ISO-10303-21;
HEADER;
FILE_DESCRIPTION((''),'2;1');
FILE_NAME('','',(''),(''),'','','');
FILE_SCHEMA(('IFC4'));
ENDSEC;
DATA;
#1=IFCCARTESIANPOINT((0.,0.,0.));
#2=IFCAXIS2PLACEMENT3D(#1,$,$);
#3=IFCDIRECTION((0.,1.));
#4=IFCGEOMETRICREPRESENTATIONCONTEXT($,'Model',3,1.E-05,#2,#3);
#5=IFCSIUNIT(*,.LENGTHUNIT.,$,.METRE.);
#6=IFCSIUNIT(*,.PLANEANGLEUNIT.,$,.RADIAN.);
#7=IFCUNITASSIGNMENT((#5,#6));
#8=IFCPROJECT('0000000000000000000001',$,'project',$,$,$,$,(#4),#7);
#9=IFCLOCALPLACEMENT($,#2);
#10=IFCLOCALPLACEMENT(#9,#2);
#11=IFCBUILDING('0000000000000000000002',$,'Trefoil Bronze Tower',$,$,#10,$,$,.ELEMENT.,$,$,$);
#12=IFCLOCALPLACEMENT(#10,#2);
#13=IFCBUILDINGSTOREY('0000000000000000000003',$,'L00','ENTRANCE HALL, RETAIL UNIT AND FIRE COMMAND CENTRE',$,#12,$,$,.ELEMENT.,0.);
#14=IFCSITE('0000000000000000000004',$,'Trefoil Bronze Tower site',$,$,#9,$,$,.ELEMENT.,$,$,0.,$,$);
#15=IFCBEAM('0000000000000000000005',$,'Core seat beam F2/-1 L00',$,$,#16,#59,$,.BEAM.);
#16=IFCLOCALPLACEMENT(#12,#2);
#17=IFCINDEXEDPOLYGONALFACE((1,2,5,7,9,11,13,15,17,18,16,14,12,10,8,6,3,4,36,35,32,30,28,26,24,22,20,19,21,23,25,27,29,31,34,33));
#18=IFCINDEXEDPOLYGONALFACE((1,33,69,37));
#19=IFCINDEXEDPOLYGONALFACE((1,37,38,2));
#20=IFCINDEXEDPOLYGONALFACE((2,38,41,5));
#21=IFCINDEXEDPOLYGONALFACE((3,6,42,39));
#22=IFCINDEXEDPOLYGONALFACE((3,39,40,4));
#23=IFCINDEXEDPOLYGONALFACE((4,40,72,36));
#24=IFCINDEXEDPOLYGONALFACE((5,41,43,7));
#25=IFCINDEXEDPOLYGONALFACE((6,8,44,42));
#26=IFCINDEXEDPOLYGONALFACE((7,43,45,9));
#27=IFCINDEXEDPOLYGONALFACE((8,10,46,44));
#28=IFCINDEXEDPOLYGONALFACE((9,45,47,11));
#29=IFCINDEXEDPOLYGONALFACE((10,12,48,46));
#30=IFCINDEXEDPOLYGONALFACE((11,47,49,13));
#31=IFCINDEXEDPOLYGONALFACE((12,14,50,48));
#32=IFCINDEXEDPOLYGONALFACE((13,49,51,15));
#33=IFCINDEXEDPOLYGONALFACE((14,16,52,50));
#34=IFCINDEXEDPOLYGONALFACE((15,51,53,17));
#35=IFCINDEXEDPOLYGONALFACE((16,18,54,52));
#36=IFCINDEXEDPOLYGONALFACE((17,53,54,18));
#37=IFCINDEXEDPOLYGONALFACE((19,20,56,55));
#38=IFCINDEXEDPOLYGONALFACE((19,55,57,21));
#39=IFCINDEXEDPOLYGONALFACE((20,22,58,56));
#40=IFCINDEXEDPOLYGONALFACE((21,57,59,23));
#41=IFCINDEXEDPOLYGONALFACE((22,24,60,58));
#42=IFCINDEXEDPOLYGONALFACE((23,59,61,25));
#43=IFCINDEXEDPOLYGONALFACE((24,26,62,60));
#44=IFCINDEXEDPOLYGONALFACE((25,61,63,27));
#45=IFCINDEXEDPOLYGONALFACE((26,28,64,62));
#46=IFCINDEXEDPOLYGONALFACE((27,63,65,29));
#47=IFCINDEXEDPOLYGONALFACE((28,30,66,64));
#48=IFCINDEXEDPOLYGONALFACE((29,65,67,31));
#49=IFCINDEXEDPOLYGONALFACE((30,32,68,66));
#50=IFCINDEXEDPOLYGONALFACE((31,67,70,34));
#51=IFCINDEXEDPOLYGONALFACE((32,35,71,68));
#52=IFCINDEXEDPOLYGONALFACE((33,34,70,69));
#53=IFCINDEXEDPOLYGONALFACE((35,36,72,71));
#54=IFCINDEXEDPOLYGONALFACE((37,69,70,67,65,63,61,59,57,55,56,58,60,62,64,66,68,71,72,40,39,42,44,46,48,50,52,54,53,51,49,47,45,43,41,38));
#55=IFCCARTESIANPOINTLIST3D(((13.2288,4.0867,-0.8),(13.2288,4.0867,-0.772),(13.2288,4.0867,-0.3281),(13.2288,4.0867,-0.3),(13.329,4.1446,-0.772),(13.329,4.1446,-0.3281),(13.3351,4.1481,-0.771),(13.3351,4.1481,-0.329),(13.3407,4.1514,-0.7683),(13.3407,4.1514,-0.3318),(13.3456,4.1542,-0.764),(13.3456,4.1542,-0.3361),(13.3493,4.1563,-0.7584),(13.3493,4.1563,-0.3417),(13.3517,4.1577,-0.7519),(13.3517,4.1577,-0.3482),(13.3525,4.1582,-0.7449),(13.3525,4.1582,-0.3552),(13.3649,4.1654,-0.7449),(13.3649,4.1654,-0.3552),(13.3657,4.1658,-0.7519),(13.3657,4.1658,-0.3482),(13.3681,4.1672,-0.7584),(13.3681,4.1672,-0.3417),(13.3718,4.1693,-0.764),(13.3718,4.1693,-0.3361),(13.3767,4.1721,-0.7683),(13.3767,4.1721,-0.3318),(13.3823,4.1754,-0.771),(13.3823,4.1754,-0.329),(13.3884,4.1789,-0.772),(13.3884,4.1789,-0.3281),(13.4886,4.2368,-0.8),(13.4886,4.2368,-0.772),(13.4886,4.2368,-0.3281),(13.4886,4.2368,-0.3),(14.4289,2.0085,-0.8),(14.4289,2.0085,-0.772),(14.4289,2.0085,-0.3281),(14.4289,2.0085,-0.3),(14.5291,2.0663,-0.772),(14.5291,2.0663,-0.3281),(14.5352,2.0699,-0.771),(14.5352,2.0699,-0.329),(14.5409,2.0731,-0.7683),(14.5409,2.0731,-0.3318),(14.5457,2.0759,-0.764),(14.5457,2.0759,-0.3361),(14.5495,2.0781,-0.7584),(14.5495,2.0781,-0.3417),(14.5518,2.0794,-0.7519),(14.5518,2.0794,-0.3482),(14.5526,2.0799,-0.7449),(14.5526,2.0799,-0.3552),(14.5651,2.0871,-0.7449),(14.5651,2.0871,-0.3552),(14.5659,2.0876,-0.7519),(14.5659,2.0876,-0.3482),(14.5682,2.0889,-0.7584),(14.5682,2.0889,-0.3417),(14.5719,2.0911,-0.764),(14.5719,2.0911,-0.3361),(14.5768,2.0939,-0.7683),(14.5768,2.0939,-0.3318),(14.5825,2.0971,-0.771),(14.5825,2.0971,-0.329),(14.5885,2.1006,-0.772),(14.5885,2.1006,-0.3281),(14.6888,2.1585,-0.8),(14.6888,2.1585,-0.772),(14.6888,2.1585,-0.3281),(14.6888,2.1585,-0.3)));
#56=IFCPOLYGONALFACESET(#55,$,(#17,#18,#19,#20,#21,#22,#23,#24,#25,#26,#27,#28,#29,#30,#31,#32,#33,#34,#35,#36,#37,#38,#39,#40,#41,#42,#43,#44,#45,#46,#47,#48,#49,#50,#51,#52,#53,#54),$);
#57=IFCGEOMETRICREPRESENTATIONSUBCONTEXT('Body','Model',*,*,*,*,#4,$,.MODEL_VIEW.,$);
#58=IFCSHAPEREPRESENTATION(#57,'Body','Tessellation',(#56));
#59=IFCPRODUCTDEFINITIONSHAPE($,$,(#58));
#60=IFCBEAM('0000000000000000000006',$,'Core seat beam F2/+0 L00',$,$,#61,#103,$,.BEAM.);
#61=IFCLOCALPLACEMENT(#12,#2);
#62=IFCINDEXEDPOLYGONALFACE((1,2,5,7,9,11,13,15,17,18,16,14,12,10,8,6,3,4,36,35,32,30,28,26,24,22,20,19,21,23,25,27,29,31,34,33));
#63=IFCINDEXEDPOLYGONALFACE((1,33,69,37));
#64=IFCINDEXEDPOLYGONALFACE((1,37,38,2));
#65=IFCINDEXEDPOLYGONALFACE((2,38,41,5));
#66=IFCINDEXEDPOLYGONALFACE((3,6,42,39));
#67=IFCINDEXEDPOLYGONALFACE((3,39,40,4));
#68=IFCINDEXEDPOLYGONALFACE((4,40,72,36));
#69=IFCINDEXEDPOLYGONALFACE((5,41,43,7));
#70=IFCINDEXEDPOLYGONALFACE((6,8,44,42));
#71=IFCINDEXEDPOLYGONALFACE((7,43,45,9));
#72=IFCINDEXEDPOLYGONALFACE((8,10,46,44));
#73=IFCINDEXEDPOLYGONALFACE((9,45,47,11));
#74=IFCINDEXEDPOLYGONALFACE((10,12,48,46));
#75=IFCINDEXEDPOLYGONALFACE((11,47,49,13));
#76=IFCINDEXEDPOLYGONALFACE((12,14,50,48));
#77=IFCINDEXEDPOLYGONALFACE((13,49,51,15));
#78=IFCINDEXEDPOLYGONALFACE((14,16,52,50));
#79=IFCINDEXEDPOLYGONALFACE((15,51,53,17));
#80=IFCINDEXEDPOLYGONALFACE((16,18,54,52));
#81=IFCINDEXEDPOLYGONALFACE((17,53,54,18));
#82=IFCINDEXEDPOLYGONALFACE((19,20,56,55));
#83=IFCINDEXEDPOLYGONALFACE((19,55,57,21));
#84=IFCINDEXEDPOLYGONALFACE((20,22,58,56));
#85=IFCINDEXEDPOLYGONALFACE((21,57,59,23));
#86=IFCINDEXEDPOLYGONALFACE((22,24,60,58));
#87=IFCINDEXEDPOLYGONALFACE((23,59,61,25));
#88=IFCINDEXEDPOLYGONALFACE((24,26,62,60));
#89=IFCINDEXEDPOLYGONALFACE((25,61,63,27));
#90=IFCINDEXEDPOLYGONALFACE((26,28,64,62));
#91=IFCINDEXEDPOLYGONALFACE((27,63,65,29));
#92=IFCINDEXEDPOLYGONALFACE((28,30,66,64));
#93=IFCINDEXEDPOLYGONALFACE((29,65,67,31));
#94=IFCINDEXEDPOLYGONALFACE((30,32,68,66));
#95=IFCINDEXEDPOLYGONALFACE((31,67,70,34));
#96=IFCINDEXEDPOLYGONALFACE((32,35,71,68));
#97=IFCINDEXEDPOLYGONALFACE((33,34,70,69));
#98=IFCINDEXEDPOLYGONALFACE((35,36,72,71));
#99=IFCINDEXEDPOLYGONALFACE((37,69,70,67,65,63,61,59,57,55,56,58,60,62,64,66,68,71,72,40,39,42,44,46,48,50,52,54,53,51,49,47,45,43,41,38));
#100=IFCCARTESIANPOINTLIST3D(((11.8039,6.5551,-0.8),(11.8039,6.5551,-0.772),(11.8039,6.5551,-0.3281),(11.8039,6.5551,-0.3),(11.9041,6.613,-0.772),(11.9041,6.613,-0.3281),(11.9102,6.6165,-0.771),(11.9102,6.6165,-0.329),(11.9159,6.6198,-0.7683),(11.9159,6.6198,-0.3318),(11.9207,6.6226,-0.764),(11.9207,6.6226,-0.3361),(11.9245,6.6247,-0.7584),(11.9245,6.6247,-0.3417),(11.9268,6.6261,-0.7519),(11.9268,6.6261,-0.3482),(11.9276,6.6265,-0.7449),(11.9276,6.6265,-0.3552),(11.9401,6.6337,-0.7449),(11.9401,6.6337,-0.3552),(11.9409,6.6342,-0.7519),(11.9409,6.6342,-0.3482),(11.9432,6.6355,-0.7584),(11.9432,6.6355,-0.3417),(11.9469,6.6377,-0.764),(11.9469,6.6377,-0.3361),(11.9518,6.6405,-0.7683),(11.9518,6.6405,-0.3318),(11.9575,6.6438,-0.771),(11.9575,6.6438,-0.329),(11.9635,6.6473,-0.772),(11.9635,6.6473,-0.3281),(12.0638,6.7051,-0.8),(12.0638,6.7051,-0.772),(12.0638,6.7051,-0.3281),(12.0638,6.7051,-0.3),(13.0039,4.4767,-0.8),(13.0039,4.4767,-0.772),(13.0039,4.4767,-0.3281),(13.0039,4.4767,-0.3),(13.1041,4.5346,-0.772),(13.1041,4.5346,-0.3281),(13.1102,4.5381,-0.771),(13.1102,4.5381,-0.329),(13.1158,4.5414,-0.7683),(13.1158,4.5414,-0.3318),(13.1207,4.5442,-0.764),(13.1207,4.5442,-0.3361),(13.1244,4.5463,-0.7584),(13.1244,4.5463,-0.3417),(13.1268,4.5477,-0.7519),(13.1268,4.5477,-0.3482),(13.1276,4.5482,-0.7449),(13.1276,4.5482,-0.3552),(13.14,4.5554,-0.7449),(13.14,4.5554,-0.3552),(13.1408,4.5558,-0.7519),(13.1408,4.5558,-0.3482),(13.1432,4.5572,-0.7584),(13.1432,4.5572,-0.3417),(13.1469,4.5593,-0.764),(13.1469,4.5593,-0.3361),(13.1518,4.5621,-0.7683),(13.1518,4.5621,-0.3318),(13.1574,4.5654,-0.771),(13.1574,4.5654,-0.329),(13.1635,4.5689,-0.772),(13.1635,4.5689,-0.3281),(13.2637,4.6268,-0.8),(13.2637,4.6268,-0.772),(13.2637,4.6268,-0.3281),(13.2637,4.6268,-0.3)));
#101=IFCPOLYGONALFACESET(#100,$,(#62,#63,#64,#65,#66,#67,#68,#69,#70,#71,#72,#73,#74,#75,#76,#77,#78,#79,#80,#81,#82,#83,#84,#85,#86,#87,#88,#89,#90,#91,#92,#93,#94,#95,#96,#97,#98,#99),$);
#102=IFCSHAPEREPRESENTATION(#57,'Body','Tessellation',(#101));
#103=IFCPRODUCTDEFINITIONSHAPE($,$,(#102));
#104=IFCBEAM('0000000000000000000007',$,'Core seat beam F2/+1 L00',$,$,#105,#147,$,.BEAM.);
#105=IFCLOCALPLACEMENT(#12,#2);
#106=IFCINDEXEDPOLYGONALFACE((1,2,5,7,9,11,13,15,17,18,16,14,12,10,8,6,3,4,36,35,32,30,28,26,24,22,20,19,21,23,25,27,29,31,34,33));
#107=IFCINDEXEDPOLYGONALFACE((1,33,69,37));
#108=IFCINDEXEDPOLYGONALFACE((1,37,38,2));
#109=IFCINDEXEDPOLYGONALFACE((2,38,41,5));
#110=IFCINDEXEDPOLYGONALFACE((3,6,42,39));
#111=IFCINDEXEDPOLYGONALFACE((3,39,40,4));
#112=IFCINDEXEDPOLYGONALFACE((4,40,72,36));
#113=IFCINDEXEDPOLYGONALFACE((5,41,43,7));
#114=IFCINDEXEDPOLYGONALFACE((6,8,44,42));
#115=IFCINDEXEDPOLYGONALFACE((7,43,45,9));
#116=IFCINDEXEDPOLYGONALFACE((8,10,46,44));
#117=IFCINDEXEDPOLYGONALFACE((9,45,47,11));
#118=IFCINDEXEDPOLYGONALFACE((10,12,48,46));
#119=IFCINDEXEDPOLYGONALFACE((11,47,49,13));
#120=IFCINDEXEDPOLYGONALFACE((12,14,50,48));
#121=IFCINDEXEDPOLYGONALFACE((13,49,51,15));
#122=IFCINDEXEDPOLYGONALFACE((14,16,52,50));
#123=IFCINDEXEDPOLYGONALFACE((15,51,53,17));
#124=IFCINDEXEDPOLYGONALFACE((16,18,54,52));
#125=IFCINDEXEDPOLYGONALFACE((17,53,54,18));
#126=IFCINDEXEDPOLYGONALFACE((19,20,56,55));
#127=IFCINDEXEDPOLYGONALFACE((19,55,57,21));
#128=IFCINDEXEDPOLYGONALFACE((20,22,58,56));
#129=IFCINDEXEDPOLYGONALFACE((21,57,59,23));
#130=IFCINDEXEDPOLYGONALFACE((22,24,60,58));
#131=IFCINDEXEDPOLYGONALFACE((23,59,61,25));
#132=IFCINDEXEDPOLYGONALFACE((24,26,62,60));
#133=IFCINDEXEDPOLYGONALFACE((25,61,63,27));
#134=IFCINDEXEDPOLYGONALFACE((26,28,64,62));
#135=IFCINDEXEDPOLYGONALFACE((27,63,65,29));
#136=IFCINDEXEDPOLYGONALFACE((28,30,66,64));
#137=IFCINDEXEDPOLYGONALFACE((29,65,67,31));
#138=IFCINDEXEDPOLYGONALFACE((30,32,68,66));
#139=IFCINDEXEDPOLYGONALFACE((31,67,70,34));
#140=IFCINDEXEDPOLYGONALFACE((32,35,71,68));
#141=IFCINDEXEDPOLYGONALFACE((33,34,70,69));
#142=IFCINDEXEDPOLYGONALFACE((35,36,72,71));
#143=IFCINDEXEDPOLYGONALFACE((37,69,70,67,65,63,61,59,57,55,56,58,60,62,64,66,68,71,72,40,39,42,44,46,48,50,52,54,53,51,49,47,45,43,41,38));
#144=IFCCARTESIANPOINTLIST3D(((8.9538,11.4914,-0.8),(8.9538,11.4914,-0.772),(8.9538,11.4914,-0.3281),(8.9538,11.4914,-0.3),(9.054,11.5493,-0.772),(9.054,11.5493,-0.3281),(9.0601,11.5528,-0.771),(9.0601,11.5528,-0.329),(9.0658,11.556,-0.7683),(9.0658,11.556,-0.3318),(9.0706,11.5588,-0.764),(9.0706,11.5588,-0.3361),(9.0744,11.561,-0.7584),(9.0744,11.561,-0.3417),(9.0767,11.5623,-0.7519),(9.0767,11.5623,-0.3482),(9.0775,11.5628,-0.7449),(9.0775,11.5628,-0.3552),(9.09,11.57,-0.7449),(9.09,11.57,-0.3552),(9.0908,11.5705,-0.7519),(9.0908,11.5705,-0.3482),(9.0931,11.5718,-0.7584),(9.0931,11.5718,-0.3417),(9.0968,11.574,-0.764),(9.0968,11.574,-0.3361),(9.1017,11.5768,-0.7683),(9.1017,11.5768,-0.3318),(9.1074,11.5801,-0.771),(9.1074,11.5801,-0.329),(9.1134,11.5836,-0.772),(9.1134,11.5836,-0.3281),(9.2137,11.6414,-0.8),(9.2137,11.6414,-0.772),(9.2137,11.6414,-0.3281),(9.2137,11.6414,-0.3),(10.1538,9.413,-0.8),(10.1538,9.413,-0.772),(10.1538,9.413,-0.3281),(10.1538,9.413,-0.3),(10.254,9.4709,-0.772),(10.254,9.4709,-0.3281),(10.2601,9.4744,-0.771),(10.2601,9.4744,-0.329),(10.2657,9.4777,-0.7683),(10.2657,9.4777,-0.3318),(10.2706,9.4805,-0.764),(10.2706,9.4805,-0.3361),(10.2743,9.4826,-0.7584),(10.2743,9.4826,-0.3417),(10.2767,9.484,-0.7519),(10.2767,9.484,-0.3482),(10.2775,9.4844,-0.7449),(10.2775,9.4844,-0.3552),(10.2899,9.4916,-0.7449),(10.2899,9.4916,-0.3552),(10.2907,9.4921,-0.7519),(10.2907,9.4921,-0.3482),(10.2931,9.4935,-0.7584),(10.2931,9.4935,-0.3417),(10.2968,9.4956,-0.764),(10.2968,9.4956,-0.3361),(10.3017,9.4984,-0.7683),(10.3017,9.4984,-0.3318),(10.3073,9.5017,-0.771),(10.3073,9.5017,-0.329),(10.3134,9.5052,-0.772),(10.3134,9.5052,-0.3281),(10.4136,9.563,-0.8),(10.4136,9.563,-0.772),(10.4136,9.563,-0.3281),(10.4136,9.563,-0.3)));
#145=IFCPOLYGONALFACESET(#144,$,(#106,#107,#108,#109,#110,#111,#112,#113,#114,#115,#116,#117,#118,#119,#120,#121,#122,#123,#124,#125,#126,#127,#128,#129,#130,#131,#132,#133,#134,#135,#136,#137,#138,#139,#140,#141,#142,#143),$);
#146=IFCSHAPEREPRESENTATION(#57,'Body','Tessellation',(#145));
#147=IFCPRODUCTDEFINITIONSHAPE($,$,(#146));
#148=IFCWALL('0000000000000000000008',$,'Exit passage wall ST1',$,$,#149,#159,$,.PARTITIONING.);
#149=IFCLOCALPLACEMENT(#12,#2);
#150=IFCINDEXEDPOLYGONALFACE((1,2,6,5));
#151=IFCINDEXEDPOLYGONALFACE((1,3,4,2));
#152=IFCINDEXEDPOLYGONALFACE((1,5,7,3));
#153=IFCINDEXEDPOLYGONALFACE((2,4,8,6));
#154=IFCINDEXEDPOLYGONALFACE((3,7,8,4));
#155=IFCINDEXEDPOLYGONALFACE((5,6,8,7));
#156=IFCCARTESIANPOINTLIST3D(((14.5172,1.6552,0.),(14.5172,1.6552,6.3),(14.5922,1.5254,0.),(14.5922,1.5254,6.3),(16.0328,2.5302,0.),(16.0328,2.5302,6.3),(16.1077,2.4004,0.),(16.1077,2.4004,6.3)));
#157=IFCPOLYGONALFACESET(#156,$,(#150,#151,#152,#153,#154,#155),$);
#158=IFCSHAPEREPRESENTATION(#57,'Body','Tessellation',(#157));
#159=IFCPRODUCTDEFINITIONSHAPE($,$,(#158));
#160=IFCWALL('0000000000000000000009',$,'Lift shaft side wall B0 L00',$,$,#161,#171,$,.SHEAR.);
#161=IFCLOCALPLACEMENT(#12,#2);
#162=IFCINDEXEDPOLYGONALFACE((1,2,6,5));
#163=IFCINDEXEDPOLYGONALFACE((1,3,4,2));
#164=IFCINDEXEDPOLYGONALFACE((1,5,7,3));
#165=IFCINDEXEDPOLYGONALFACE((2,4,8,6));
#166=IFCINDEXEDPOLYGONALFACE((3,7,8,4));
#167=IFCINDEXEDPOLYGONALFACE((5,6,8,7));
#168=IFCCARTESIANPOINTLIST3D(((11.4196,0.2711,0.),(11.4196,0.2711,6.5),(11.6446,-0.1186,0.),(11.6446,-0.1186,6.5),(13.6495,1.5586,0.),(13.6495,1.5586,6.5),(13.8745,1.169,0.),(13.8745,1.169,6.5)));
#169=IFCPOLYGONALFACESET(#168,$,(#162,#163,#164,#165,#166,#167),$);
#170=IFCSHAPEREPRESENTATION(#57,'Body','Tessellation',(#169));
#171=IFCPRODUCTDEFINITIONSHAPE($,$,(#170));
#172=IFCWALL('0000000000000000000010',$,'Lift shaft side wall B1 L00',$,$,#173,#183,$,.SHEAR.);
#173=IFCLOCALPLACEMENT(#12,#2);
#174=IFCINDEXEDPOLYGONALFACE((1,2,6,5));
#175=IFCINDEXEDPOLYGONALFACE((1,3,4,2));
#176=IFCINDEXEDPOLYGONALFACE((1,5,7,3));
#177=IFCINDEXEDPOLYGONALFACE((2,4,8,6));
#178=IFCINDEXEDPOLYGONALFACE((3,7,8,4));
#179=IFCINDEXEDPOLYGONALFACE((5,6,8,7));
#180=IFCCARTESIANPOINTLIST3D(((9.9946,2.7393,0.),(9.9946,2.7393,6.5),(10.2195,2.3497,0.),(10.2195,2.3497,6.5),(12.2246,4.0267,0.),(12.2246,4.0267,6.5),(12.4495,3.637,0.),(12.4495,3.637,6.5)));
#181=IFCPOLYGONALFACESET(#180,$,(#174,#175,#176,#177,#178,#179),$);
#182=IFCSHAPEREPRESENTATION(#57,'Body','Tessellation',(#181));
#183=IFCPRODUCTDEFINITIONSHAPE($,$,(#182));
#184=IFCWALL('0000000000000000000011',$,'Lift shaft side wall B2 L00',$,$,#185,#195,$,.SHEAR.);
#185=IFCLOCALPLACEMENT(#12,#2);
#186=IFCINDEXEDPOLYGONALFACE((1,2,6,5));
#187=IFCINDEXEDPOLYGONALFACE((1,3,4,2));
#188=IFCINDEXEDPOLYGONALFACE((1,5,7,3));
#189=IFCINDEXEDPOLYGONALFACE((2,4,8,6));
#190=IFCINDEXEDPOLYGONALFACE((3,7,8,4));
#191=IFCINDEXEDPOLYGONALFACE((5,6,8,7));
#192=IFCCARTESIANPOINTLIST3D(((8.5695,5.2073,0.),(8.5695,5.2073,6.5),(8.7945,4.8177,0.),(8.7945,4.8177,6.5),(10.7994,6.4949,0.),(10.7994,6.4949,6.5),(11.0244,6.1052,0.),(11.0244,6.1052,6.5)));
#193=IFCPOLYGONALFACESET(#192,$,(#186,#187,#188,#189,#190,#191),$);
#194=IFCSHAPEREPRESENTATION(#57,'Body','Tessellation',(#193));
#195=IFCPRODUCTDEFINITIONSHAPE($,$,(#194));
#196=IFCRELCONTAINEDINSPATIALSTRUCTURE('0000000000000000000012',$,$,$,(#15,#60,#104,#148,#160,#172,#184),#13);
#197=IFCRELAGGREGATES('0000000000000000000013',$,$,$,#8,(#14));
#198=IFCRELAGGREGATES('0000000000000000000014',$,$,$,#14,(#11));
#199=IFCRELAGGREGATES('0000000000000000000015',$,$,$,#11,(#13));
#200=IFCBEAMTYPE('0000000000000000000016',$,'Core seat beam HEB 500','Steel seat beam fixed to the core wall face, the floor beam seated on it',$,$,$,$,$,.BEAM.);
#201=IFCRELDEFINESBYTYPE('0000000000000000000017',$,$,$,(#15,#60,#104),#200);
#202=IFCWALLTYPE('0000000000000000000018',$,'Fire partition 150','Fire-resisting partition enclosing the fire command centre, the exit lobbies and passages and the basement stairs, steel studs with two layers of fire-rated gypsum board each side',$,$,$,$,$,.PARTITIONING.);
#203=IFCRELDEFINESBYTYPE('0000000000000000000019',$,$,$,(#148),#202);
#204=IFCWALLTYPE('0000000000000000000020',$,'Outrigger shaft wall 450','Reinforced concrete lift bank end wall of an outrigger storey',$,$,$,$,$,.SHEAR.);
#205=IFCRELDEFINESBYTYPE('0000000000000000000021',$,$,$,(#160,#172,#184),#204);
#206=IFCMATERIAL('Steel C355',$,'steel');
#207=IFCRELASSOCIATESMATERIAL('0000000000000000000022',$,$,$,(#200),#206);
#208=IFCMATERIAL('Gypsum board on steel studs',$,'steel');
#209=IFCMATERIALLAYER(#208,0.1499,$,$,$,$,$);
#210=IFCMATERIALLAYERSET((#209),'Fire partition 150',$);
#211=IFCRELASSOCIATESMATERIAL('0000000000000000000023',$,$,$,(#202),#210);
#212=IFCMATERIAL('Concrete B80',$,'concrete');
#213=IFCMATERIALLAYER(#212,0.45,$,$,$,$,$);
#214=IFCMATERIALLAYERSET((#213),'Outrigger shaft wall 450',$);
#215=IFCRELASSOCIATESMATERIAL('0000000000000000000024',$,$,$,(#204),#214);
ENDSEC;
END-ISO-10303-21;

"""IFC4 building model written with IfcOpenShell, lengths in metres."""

from ifc_helpers import new_model, si_unit, direction, frame, frame_2d, origin, origin_2d, place, context, subcontext, project, spatial, rectangle, i_section, extrude, material, layer, layer_set, material_profile, profile_set, type_object, element, save


model = new_model("IFC4")

# Units and contexts
model_context = context("Model", 3, precision=1e-05, world=origin(), true_north=direction((0.0, 1.0)))
body_context = subcontext(model_context, "Body", "Model", "MODEL_VIEW")
ifc_project = project(units=[si_unit("LENGTHUNIT", "METRE"), si_unit("PLANEANGLEUNIT", "RADIAN")], contexts=[model_context])

# Site, building, storey
site_placement = place(None, origin())
site = spatial("IfcSite", under=ifc_project, at=site_placement, Name="Trefoil Bronze Tower site", CompositionType="ELEMENT", RefElevation=0.0)
building_placement = place(site_placement, origin())
building = spatial("IfcBuilding", under=site, at=building_placement, Name="Trefoil Bronze Tower", CompositionType="ELEMENT")
storey_placement = place(building_placement, origin())
storey = spatial("IfcBuildingStorey", under=building, at=storey_placement, Name="L00", Description="ENTRANCE HALL, RETAIL UNIT AND FIRE COMMAND CENTRE", CompositionType="ELEMENT", Elevation=0.0)

# Beams
ifc_material_1 = material(Name="Steel C355", Category="steel")
ifc_material_profile = material_profile(ifc_material_1, i_section(OverallWidth=0.3, OverallDepth=0.5, WebThickness=0.0144, FlangeThickness=0.0281, FilletRadius=0.0271, at=origin_2d()), Name="HEB 500")
ifc_profile_set = profile_set([ifc_material_profile], Name="Steel C355")
beam_type = type_object("IfcBeamType", Name="Core seat beam HEB 500", Description="Steel seat beam fixed to the core wall face, the floor beam seated on it", PredefinedType="BEAM", material=ifc_profile_set)
for number, where, z_axis, x_axis, name in (
    (1, (14.5588, 2.0835, -0.55), (-0.500078, 0.865981, 0.0), (-0.865981, -0.500078, 0.0), "Core seat beam F2/-1 L00"),
    (2, (13.1338, 4.5518, -0.55), (-0.500001, 0.866025, 0.0), (-0.866025, -0.500001, 0.0), "Core seat beam F2/+0 L00"),
    (3, (10.2837, 9.488, -0.55), (-0.500001, 0.866025, 0.0), (-0.866025, -0.500001, 0.0), "Core seat beam F2/+1 L00"),
):
    element("IfcBeam", number, at=place(storey_placement, frame(where, z_axis=z_axis, x_axis=x_axis)), inside=storey, type_object=beam_type, Name=name, PredefinedType="BEAM", context=body_context, shape_type="SweptSolid", body=[
        extrude(i_section(OverallWidth=0.3, OverallDepth=0.5, WebThickness=0.0144, FlangeThickness=0.0281, FilletRadius=0.0271, at=origin_2d()), origin(), (0.0, 0.0, 1.0), 2.3999),
    ])

# Walls
ifc_material_2 = material(Name="Gypsum board on steel studs", Category="steel")
ifc_layer_1 = layer(ifc_material_2, 0.1499)
ifc_layer_set_1 = layer_set([ifc_layer_1], Name="Fire partition 150")
wall_type_1 = type_object("IfcWallType", Name="Fire partition 150", Description="Fire-resisting partition enclosing the fire command centre, the exit lobbies and passages and the basement stairs, steel studs with two layers of fire-rated gypsum board each side", PredefinedType="PARTITIONING", material=ifc_layer_set_1)
wall_1_placement = place(storey_placement, frame((14.5547, 1.5903, 0.0), z_axis=(0.0, 0.0, 1.0), x_axis=(0.866037, 0.49998, 0.0)))
element("IfcWall", 4, at=wall_1_placement, inside=storey, type_object=wall_type_1, Name="Exit passage wall ST1", PredefinedType="PARTITIONING", context=body_context, shape_type="SweptSolid", body=[
    extrude(rectangle(XDim=1.75, YDim=0.1499, at=frame_2d((0.875, 0.0))), origin(), (0.0, 0.0, 1.0), 6.3),
])
ifc_material_3 = material(Name="Concrete B80", Category="concrete")
ifc_layer_2 = layer(ifc_material_3, 0.45)
ifc_layer_set_2 = layer_set([ifc_layer_2], Name="Outrigger shaft wall 450")
wall_type_2 = type_object("IfcWallType", Name="Outrigger shaft wall 450", Description="Reinforced concrete lift bank end wall of an outrigger storey", PredefinedType="SHEAR", material=ifc_layer_set_2)
for number, where, z_axis, x_axis, name in (
    (5, (11.532, 0.0762, 0.0), (0.0, 0.0, 1.0), (0.866006, 0.500034, 0.0), "Lift shaft side wall B0 L00"),
    (6, (10.1069, 2.5444, 0.0), (0.0, 0.0, 1.0), (0.866047, 0.499963, 0.0), "Lift shaft side wall B1 L00"),
    (7, (8.6819, 5.0125, 0.0), (0.0, 0.0, 1.0), (0.866006, 0.500034, 0.0), "Lift shaft side wall B2 L00"),
):
    element("IfcWall", number, at=place(storey_placement, frame(where, z_axis=z_axis, x_axis=x_axis)), inside=storey, type_object=wall_type_2, Name=name, PredefinedType="SHEAR", context=body_context, shape_type="SweptSolid", body=[
        extrude(rectangle(XDim=2.575, YDim=0.45, at=frame_2d((1.2876, 0.0))), origin(), (0.0, 0.0, 1.0), 6.5),
    ])

save(model, "model.ifc")
